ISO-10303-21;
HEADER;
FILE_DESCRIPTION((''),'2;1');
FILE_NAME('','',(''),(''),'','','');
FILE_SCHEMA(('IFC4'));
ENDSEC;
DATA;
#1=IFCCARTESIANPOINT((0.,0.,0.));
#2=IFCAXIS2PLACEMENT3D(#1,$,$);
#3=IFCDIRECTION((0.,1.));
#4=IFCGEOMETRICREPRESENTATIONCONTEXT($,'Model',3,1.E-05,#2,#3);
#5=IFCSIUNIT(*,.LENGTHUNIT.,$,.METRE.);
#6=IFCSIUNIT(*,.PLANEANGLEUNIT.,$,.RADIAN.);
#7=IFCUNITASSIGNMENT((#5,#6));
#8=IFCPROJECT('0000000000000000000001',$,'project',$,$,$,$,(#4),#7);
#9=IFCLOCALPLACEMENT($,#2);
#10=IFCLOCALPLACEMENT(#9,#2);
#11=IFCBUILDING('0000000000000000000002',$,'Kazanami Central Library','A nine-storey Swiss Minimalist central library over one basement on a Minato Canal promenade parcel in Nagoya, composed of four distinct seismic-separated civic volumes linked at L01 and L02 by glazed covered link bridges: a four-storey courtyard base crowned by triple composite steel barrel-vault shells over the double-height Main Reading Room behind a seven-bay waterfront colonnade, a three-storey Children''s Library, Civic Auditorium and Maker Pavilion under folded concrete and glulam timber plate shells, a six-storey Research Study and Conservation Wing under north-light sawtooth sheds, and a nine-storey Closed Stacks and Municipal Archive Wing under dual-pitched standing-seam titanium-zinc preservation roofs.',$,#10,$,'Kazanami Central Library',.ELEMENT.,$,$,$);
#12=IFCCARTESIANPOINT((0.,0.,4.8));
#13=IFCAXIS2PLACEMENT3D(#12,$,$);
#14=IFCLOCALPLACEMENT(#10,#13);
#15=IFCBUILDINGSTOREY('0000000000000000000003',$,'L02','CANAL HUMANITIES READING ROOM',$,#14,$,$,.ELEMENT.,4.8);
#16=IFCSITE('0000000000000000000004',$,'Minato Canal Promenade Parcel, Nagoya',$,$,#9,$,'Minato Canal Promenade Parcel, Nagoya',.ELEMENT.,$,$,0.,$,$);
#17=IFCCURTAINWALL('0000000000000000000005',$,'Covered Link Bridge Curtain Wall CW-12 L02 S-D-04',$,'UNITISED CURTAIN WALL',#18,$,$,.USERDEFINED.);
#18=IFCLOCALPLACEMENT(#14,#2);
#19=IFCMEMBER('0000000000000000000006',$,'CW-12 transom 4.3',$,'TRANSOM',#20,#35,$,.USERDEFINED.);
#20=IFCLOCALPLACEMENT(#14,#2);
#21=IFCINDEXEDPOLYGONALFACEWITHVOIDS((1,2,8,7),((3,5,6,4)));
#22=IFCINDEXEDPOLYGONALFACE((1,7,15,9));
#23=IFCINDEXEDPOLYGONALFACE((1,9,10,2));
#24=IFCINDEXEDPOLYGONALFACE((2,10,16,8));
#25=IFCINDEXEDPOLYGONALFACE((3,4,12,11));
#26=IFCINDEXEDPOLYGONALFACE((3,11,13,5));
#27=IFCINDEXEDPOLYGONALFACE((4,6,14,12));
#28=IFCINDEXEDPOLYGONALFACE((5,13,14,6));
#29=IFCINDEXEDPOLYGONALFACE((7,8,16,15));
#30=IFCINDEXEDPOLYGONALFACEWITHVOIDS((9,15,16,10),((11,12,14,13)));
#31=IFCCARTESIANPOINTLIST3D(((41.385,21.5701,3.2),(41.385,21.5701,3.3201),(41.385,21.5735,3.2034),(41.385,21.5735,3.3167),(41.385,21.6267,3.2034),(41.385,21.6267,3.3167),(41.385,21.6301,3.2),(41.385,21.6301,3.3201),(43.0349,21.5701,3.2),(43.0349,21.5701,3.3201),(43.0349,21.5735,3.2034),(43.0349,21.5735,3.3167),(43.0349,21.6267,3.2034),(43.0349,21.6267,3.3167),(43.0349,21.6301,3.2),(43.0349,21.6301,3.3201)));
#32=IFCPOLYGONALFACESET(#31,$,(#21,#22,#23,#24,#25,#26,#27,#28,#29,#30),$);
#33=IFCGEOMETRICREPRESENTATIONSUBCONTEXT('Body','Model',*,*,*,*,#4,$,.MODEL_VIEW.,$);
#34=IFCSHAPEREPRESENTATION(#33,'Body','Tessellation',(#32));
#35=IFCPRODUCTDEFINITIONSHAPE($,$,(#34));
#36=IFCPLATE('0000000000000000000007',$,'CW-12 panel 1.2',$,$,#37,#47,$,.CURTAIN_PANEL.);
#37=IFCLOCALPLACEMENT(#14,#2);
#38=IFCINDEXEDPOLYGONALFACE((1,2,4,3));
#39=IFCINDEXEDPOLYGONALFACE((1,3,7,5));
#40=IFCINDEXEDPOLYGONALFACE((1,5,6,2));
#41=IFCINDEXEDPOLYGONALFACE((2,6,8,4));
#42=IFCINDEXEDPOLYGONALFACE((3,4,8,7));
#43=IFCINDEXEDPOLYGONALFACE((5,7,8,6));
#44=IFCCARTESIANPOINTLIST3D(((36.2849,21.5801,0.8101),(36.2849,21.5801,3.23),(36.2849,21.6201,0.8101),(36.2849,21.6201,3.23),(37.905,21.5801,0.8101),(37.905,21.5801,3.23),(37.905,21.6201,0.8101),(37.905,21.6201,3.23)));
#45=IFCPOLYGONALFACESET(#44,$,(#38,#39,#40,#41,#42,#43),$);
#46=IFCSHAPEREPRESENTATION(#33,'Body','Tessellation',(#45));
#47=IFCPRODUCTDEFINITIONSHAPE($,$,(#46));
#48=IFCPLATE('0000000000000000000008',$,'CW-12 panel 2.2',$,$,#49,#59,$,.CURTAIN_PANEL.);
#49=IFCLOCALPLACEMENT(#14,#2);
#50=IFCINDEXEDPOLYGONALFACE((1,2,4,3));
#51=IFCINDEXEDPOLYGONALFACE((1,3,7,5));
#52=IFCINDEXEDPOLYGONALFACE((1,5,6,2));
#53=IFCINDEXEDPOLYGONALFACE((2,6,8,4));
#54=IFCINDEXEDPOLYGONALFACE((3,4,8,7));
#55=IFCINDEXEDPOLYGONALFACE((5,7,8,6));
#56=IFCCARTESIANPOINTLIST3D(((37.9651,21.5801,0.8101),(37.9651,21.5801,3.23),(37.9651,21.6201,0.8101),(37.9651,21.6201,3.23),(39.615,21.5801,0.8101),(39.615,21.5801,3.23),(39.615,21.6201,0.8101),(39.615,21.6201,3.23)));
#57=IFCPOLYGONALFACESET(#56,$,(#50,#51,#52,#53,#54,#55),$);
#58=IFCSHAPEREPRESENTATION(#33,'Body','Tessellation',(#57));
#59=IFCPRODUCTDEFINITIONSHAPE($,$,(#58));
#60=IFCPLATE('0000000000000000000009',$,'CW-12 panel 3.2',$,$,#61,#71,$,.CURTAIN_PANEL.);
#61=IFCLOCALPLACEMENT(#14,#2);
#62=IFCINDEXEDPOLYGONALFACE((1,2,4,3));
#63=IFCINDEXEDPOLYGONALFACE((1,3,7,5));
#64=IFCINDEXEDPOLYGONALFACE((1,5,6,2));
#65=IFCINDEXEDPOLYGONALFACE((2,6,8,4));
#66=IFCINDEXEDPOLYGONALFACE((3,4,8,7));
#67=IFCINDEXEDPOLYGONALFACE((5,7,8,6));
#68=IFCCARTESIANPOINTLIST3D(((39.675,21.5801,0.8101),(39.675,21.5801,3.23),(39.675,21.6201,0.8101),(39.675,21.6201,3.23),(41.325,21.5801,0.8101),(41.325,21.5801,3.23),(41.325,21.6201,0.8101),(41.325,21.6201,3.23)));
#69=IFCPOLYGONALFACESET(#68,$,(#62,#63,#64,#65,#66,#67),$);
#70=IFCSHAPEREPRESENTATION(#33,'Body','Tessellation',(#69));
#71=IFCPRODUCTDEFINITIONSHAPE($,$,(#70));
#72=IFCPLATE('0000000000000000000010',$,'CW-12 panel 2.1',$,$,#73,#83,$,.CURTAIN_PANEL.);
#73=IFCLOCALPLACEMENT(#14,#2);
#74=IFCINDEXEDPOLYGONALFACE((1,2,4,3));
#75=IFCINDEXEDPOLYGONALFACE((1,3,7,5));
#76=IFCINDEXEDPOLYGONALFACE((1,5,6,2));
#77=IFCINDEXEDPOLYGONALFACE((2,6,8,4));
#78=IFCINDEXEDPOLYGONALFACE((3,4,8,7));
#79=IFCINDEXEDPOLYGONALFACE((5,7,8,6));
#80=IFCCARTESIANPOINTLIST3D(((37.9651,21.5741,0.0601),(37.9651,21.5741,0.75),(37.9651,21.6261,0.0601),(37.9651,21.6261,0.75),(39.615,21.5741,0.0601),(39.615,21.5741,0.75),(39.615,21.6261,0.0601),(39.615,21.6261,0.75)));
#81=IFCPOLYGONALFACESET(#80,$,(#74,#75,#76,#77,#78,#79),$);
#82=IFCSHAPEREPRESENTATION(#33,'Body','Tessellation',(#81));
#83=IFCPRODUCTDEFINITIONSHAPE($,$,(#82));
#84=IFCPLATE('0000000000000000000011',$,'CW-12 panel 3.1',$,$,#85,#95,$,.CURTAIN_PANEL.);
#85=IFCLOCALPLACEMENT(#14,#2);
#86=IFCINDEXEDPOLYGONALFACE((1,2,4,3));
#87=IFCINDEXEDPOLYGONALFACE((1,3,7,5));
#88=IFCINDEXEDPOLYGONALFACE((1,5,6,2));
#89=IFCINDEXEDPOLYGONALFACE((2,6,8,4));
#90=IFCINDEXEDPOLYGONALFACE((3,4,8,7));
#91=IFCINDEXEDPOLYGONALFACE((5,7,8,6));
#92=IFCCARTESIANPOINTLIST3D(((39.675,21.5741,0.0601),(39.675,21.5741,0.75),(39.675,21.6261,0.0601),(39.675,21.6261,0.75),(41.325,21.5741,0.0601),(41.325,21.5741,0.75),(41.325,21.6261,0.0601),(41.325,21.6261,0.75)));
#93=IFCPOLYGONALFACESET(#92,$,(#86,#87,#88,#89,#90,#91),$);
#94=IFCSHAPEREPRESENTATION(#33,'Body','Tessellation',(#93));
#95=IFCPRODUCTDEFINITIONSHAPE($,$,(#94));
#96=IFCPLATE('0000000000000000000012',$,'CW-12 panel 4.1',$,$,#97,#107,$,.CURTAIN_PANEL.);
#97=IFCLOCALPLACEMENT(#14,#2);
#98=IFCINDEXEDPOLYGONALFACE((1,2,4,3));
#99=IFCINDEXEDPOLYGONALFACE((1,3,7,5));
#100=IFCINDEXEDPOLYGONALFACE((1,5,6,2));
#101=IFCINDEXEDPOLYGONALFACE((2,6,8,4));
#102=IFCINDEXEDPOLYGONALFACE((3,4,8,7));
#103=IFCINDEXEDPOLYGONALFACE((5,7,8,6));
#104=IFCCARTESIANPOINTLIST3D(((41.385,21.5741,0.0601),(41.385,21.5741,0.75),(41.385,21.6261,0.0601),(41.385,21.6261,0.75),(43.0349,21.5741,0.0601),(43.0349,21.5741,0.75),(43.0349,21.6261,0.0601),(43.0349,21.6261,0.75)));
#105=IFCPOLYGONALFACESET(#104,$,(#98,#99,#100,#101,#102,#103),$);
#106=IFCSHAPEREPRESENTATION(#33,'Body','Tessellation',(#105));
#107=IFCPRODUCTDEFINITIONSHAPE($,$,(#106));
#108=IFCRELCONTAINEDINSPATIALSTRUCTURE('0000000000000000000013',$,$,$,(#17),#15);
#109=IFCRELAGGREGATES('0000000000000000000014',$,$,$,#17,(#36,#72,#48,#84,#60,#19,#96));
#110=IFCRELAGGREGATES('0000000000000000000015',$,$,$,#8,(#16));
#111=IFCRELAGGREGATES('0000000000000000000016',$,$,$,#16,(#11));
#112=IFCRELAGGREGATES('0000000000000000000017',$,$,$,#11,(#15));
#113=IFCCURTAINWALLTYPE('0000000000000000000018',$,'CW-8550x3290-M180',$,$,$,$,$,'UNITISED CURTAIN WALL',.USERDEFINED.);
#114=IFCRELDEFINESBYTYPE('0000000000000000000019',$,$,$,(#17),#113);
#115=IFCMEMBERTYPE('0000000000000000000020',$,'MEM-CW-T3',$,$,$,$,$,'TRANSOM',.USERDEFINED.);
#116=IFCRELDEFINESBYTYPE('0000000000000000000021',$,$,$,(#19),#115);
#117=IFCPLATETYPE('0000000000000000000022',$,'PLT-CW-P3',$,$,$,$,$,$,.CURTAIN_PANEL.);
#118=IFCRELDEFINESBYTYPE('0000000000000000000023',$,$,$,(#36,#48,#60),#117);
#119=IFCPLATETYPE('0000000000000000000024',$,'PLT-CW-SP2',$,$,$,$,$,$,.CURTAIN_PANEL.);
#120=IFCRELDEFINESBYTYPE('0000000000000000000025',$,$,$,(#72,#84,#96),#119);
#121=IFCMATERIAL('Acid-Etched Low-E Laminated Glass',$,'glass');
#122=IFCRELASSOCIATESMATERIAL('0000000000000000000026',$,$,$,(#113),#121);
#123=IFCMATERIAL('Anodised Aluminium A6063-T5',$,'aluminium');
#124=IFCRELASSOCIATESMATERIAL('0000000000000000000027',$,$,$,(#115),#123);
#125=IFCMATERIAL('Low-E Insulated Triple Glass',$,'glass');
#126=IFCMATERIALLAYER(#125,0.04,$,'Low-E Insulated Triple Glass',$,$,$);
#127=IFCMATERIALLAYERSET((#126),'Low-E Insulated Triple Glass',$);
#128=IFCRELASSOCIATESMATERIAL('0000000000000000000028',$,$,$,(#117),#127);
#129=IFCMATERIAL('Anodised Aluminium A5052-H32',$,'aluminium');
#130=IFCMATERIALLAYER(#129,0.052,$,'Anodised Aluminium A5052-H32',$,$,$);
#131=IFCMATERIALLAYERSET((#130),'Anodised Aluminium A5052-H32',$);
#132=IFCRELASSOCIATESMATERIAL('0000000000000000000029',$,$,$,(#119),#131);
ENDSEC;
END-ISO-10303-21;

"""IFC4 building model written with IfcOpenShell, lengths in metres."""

from ifc_helpers import new_model, si_unit, direction, frame, origin, origin_2d, place, context, subcontext, project, spatial, rectangle, hollow_rectangle, extrude, material, layer, layer_set, material_profile, profile_set, type_object, element, aggregate, save


model = new_model("IFC4")

# Units and contexts
model_context = context("Model", 3, precision=1e-05, world=origin(), true_north=direction((0.0, 1.0)))
body_context = subcontext(model_context, "Body", "Model", "MODEL_VIEW")
ifc_project = project(units=[si_unit("LENGTHUNIT", "METRE"), si_unit("PLANEANGLEUNIT", "RADIAN")], contexts=[model_context])

# Site, building, storey
site_placement = place(None, origin())
site = spatial("IfcSite", under=ifc_project, at=site_placement, Name="Minato Canal Promenade Parcel, Nagoya", LongName="Minato Canal Promenade Parcel, Nagoya", CompositionType="ELEMENT", RefElevation=0.0)
building_placement = place(site_placement, origin())
building = spatial("IfcBuilding", under=site, at=building_placement, Name="Kazanami Central Library", Description="A nine-storey Swiss Minimalist central library over one basement on a Minato Canal promenade parcel in Nagoya, composed of four distinct seismic-separated civic volumes linked at L01 and L02 by glazed covered link bridges: a four-storey courtyard base crowned by triple composite steel barrel-vault shells over the double-height Main Reading Room behind a seven-bay waterfront colonnade, a three-storey Children's Library, Civic Auditorium and Maker Pavilion under folded concrete and glulam timber plate shells, a six-storey Research Study and Conservation Wing under north-light sawtooth sheds, and a nine-storey Closed Stacks and Municipal Archive Wing under dual-pitched standing-seam titanium-zinc preservation roofs.", LongName="Kazanami Central Library", CompositionType="ELEMENT")
storey_placement = place(building_placement, frame((0.0, 0.0, 4.8)))
storey = spatial("IfcBuildingStorey", under=building, at=storey_placement, Name="L02", Description="CANAL HUMANITIES READING ROOM", CompositionType="ELEMENT", Elevation=4.8)

# Curtain wall, member, plates
ifc_material_1 = material(Name="Acid-Etched Low-E Laminated Glass", Category="glass")
curtain_wall_type = type_object("IfcCurtainWallType", Name="CW-8550x3290-M180", ElementType="UNITISED CURTAIN WALL", PredefinedType="USERDEFINED", material=ifc_material_1)
curtain_wall_placement = place(storey_placement, origin())
curtain_wall = element("IfcCurtainWall", 1, at=curtain_wall_placement, inside=storey, type_object=curtain_wall_type, Name="Covered Link Bridge Curtain Wall CW-12 L02 S-D-04", ObjectType="UNITISED CURTAIN WALL", PredefinedType="USERDEFINED")
ifc_material_2 = material(Name="Anodised Aluminium A6063-T5", Category="aluminium")
ifc_material_profile_1 = material_profile(ifc_material_2, hollow_rectangle(XDim=0.0601, YDim=0.1201, WallThickness=0.0034, at=origin_2d()), Name="ALU-TRAN-60x120x3.5")
ifc_profile_set_1 = profile_set([ifc_material_profile_1], Name="Anodised Aluminium A6063-T5")
member_type_1 = type_object("IfcMemberType", Name="MEM-CW-T3", ElementType="TRANSOM", PredefinedType="USERDEFINED", material=ifc_profile_set_1)
member_1_placement = place(storey_placement, frame((41.385, 21.6001, 3.26), z_axis=(1.0, 0.0, 0.0), x_axis=(0.0, 1.0, 0.0)))
member_1 = element("IfcMember", 2, at=member_1_placement, type_object=member_type_1, Name="CW-12 transom 4.3", ObjectType="TRANSOM", PredefinedType="USERDEFINED", context=body_context, shape_type="SweptSolid", body=[
    extrude(hollow_rectangle(XDim=0.0601, YDim=0.1201, WallThickness=0.0034, at=origin_2d()), origin(), (0.0, 0.0, 1.0), 1.6499),
])
ifc_material_3 = material(Name="Low-E Insulated Triple Glass", Category="glass")
ifc_layer_1 = layer(ifc_material_3, 0.04, Name="Low-E Insulated Triple Glass")
ifc_layer_set_1 = layer_set([ifc_layer_1], Name="Low-E Insulated Triple Glass")
plate_type_1 = type_object("IfcPlateType", Name="PLT-CW-P3", PredefinedType="CURTAIN_PANEL", material=ifc_layer_set_1)
plate_1_placement = place(storey_placement, frame((37.095, 21.6001, 0.8101), z_axis=(0.0, 0.0, 1.0), x_axis=(1.0, 0.0, 0.0)))
plate_1 = element("IfcPlate", 3, at=plate_1_placement, type_object=plate_type_1, Name="CW-12 panel 1.2", PredefinedType="CURTAIN_PANEL", context=body_context, shape_type="SweptSolid", body=[
    extrude(rectangle(XDim=1.6201, YDim=0.04, at=origin_2d()), origin(), (0.0, 0.0, 1.0), 2.4199),
])
plate_2_placement = place(storey_placement, frame((38.79, 21.6001, 0.8101), z_axis=(0.0, 0.0, 1.0), x_axis=(1.0, 0.0, 0.0)))
plate_2 = element("IfcPlate", 4, at=plate_2_placement, type_object=plate_type_1, Name="CW-12 panel 2.2", PredefinedType="CURTAIN_PANEL", context=body_context, shape_type="SweptSolid", body=[
    extrude(rectangle(XDim=1.6499, YDim=0.04, at=origin_2d()), origin(), (0.0, 0.0, 1.0), 2.4199),
])
plate_3_placement = place(storey_placement, frame((40.5, 21.6001, 0.8101), z_axis=(0.0, 0.0, 1.0), x_axis=(1.0, 0.0, 0.0)))
plate_3 = element("IfcPlate", 5, at=plate_3_placement, type_object=plate_type_1, Name="CW-12 panel 3.2", PredefinedType="CURTAIN_PANEL", context=body_context, shape_type="SweptSolid", body=[
    extrude(rectangle(XDim=1.6499, YDim=0.04, at=origin_2d()), origin(), (0.0, 0.0, 1.0), 2.4199),
])
ifc_material_4 = material(Name="Anodised Aluminium A5052-H32", Category="aluminium")
ifc_layer_2 = layer(ifc_material_4, 0.052, Name="Anodised Aluminium A5052-H32")
ifc_layer_set_2 = layer_set([ifc_layer_2], Name="Anodised Aluminium A5052-H32")
plate_type_2 = type_object("IfcPlateType", Name="PLT-CW-SP2", PredefinedType="CURTAIN_PANEL", material=ifc_layer_set_2)
plate_4_placement = place(storey_placement, frame((38.79, 21.6001, 0.0601), z_axis=(0.0, 0.0, 1.0), x_axis=(1.0, 0.0, 0.0)))
plate_4 = element("IfcPlate", 6, at=plate_4_placement, type_object=plate_type_2, Name="CW-12 panel 2.1", PredefinedType="CURTAIN_PANEL", context=body_context, shape_type="SweptSolid", body=[
    extrude(rectangle(XDim=1.6499, YDim=0.052, at=origin_2d()), origin(), (0.0, 0.0, 1.0), 0.6899),
])
plate_5_placement = place(storey_placement, frame((40.5, 21.6001, 0.0601), z_axis=(0.0, 0.0, 1.0), x_axis=(1.0, 0.0, 0.0)))
plate_5 = element("IfcPlate", 7, at=plate_5_placement, type_object=plate_type_2, Name="CW-12 panel 3.1", PredefinedType="CURTAIN_PANEL", context=body_context, shape_type="SweptSolid", body=[
    extrude(rectangle(XDim=1.6499, YDim=0.052, at=origin_2d()), origin(), (0.0, 0.0, 1.0), 0.6899),
])
plate_6_placement = place(storey_placement, frame((42.21, 21.6001, 0.0601), z_axis=(0.0, 0.0, 1.0), x_axis=(1.0, 0.0, 0.0)))
plate_6 = element("IfcPlate", 8, at=plate_6_placement, type_object=plate_type_2, Name="CW-12 panel 4.1", PredefinedType="CURTAIN_PANEL", context=body_context, shape_type="SweptSolid", body=[
    extrude(rectangle(XDim=1.6499, YDim=0.052, at=origin_2d()), origin(), (0.0, 0.0, 1.0), 0.6899),
])
aggregate(curtain_wall, [plate_1, plate_4, plate_2, plate_5, plate_3, member_1, plate_6])

save(model, "model.ifc")
